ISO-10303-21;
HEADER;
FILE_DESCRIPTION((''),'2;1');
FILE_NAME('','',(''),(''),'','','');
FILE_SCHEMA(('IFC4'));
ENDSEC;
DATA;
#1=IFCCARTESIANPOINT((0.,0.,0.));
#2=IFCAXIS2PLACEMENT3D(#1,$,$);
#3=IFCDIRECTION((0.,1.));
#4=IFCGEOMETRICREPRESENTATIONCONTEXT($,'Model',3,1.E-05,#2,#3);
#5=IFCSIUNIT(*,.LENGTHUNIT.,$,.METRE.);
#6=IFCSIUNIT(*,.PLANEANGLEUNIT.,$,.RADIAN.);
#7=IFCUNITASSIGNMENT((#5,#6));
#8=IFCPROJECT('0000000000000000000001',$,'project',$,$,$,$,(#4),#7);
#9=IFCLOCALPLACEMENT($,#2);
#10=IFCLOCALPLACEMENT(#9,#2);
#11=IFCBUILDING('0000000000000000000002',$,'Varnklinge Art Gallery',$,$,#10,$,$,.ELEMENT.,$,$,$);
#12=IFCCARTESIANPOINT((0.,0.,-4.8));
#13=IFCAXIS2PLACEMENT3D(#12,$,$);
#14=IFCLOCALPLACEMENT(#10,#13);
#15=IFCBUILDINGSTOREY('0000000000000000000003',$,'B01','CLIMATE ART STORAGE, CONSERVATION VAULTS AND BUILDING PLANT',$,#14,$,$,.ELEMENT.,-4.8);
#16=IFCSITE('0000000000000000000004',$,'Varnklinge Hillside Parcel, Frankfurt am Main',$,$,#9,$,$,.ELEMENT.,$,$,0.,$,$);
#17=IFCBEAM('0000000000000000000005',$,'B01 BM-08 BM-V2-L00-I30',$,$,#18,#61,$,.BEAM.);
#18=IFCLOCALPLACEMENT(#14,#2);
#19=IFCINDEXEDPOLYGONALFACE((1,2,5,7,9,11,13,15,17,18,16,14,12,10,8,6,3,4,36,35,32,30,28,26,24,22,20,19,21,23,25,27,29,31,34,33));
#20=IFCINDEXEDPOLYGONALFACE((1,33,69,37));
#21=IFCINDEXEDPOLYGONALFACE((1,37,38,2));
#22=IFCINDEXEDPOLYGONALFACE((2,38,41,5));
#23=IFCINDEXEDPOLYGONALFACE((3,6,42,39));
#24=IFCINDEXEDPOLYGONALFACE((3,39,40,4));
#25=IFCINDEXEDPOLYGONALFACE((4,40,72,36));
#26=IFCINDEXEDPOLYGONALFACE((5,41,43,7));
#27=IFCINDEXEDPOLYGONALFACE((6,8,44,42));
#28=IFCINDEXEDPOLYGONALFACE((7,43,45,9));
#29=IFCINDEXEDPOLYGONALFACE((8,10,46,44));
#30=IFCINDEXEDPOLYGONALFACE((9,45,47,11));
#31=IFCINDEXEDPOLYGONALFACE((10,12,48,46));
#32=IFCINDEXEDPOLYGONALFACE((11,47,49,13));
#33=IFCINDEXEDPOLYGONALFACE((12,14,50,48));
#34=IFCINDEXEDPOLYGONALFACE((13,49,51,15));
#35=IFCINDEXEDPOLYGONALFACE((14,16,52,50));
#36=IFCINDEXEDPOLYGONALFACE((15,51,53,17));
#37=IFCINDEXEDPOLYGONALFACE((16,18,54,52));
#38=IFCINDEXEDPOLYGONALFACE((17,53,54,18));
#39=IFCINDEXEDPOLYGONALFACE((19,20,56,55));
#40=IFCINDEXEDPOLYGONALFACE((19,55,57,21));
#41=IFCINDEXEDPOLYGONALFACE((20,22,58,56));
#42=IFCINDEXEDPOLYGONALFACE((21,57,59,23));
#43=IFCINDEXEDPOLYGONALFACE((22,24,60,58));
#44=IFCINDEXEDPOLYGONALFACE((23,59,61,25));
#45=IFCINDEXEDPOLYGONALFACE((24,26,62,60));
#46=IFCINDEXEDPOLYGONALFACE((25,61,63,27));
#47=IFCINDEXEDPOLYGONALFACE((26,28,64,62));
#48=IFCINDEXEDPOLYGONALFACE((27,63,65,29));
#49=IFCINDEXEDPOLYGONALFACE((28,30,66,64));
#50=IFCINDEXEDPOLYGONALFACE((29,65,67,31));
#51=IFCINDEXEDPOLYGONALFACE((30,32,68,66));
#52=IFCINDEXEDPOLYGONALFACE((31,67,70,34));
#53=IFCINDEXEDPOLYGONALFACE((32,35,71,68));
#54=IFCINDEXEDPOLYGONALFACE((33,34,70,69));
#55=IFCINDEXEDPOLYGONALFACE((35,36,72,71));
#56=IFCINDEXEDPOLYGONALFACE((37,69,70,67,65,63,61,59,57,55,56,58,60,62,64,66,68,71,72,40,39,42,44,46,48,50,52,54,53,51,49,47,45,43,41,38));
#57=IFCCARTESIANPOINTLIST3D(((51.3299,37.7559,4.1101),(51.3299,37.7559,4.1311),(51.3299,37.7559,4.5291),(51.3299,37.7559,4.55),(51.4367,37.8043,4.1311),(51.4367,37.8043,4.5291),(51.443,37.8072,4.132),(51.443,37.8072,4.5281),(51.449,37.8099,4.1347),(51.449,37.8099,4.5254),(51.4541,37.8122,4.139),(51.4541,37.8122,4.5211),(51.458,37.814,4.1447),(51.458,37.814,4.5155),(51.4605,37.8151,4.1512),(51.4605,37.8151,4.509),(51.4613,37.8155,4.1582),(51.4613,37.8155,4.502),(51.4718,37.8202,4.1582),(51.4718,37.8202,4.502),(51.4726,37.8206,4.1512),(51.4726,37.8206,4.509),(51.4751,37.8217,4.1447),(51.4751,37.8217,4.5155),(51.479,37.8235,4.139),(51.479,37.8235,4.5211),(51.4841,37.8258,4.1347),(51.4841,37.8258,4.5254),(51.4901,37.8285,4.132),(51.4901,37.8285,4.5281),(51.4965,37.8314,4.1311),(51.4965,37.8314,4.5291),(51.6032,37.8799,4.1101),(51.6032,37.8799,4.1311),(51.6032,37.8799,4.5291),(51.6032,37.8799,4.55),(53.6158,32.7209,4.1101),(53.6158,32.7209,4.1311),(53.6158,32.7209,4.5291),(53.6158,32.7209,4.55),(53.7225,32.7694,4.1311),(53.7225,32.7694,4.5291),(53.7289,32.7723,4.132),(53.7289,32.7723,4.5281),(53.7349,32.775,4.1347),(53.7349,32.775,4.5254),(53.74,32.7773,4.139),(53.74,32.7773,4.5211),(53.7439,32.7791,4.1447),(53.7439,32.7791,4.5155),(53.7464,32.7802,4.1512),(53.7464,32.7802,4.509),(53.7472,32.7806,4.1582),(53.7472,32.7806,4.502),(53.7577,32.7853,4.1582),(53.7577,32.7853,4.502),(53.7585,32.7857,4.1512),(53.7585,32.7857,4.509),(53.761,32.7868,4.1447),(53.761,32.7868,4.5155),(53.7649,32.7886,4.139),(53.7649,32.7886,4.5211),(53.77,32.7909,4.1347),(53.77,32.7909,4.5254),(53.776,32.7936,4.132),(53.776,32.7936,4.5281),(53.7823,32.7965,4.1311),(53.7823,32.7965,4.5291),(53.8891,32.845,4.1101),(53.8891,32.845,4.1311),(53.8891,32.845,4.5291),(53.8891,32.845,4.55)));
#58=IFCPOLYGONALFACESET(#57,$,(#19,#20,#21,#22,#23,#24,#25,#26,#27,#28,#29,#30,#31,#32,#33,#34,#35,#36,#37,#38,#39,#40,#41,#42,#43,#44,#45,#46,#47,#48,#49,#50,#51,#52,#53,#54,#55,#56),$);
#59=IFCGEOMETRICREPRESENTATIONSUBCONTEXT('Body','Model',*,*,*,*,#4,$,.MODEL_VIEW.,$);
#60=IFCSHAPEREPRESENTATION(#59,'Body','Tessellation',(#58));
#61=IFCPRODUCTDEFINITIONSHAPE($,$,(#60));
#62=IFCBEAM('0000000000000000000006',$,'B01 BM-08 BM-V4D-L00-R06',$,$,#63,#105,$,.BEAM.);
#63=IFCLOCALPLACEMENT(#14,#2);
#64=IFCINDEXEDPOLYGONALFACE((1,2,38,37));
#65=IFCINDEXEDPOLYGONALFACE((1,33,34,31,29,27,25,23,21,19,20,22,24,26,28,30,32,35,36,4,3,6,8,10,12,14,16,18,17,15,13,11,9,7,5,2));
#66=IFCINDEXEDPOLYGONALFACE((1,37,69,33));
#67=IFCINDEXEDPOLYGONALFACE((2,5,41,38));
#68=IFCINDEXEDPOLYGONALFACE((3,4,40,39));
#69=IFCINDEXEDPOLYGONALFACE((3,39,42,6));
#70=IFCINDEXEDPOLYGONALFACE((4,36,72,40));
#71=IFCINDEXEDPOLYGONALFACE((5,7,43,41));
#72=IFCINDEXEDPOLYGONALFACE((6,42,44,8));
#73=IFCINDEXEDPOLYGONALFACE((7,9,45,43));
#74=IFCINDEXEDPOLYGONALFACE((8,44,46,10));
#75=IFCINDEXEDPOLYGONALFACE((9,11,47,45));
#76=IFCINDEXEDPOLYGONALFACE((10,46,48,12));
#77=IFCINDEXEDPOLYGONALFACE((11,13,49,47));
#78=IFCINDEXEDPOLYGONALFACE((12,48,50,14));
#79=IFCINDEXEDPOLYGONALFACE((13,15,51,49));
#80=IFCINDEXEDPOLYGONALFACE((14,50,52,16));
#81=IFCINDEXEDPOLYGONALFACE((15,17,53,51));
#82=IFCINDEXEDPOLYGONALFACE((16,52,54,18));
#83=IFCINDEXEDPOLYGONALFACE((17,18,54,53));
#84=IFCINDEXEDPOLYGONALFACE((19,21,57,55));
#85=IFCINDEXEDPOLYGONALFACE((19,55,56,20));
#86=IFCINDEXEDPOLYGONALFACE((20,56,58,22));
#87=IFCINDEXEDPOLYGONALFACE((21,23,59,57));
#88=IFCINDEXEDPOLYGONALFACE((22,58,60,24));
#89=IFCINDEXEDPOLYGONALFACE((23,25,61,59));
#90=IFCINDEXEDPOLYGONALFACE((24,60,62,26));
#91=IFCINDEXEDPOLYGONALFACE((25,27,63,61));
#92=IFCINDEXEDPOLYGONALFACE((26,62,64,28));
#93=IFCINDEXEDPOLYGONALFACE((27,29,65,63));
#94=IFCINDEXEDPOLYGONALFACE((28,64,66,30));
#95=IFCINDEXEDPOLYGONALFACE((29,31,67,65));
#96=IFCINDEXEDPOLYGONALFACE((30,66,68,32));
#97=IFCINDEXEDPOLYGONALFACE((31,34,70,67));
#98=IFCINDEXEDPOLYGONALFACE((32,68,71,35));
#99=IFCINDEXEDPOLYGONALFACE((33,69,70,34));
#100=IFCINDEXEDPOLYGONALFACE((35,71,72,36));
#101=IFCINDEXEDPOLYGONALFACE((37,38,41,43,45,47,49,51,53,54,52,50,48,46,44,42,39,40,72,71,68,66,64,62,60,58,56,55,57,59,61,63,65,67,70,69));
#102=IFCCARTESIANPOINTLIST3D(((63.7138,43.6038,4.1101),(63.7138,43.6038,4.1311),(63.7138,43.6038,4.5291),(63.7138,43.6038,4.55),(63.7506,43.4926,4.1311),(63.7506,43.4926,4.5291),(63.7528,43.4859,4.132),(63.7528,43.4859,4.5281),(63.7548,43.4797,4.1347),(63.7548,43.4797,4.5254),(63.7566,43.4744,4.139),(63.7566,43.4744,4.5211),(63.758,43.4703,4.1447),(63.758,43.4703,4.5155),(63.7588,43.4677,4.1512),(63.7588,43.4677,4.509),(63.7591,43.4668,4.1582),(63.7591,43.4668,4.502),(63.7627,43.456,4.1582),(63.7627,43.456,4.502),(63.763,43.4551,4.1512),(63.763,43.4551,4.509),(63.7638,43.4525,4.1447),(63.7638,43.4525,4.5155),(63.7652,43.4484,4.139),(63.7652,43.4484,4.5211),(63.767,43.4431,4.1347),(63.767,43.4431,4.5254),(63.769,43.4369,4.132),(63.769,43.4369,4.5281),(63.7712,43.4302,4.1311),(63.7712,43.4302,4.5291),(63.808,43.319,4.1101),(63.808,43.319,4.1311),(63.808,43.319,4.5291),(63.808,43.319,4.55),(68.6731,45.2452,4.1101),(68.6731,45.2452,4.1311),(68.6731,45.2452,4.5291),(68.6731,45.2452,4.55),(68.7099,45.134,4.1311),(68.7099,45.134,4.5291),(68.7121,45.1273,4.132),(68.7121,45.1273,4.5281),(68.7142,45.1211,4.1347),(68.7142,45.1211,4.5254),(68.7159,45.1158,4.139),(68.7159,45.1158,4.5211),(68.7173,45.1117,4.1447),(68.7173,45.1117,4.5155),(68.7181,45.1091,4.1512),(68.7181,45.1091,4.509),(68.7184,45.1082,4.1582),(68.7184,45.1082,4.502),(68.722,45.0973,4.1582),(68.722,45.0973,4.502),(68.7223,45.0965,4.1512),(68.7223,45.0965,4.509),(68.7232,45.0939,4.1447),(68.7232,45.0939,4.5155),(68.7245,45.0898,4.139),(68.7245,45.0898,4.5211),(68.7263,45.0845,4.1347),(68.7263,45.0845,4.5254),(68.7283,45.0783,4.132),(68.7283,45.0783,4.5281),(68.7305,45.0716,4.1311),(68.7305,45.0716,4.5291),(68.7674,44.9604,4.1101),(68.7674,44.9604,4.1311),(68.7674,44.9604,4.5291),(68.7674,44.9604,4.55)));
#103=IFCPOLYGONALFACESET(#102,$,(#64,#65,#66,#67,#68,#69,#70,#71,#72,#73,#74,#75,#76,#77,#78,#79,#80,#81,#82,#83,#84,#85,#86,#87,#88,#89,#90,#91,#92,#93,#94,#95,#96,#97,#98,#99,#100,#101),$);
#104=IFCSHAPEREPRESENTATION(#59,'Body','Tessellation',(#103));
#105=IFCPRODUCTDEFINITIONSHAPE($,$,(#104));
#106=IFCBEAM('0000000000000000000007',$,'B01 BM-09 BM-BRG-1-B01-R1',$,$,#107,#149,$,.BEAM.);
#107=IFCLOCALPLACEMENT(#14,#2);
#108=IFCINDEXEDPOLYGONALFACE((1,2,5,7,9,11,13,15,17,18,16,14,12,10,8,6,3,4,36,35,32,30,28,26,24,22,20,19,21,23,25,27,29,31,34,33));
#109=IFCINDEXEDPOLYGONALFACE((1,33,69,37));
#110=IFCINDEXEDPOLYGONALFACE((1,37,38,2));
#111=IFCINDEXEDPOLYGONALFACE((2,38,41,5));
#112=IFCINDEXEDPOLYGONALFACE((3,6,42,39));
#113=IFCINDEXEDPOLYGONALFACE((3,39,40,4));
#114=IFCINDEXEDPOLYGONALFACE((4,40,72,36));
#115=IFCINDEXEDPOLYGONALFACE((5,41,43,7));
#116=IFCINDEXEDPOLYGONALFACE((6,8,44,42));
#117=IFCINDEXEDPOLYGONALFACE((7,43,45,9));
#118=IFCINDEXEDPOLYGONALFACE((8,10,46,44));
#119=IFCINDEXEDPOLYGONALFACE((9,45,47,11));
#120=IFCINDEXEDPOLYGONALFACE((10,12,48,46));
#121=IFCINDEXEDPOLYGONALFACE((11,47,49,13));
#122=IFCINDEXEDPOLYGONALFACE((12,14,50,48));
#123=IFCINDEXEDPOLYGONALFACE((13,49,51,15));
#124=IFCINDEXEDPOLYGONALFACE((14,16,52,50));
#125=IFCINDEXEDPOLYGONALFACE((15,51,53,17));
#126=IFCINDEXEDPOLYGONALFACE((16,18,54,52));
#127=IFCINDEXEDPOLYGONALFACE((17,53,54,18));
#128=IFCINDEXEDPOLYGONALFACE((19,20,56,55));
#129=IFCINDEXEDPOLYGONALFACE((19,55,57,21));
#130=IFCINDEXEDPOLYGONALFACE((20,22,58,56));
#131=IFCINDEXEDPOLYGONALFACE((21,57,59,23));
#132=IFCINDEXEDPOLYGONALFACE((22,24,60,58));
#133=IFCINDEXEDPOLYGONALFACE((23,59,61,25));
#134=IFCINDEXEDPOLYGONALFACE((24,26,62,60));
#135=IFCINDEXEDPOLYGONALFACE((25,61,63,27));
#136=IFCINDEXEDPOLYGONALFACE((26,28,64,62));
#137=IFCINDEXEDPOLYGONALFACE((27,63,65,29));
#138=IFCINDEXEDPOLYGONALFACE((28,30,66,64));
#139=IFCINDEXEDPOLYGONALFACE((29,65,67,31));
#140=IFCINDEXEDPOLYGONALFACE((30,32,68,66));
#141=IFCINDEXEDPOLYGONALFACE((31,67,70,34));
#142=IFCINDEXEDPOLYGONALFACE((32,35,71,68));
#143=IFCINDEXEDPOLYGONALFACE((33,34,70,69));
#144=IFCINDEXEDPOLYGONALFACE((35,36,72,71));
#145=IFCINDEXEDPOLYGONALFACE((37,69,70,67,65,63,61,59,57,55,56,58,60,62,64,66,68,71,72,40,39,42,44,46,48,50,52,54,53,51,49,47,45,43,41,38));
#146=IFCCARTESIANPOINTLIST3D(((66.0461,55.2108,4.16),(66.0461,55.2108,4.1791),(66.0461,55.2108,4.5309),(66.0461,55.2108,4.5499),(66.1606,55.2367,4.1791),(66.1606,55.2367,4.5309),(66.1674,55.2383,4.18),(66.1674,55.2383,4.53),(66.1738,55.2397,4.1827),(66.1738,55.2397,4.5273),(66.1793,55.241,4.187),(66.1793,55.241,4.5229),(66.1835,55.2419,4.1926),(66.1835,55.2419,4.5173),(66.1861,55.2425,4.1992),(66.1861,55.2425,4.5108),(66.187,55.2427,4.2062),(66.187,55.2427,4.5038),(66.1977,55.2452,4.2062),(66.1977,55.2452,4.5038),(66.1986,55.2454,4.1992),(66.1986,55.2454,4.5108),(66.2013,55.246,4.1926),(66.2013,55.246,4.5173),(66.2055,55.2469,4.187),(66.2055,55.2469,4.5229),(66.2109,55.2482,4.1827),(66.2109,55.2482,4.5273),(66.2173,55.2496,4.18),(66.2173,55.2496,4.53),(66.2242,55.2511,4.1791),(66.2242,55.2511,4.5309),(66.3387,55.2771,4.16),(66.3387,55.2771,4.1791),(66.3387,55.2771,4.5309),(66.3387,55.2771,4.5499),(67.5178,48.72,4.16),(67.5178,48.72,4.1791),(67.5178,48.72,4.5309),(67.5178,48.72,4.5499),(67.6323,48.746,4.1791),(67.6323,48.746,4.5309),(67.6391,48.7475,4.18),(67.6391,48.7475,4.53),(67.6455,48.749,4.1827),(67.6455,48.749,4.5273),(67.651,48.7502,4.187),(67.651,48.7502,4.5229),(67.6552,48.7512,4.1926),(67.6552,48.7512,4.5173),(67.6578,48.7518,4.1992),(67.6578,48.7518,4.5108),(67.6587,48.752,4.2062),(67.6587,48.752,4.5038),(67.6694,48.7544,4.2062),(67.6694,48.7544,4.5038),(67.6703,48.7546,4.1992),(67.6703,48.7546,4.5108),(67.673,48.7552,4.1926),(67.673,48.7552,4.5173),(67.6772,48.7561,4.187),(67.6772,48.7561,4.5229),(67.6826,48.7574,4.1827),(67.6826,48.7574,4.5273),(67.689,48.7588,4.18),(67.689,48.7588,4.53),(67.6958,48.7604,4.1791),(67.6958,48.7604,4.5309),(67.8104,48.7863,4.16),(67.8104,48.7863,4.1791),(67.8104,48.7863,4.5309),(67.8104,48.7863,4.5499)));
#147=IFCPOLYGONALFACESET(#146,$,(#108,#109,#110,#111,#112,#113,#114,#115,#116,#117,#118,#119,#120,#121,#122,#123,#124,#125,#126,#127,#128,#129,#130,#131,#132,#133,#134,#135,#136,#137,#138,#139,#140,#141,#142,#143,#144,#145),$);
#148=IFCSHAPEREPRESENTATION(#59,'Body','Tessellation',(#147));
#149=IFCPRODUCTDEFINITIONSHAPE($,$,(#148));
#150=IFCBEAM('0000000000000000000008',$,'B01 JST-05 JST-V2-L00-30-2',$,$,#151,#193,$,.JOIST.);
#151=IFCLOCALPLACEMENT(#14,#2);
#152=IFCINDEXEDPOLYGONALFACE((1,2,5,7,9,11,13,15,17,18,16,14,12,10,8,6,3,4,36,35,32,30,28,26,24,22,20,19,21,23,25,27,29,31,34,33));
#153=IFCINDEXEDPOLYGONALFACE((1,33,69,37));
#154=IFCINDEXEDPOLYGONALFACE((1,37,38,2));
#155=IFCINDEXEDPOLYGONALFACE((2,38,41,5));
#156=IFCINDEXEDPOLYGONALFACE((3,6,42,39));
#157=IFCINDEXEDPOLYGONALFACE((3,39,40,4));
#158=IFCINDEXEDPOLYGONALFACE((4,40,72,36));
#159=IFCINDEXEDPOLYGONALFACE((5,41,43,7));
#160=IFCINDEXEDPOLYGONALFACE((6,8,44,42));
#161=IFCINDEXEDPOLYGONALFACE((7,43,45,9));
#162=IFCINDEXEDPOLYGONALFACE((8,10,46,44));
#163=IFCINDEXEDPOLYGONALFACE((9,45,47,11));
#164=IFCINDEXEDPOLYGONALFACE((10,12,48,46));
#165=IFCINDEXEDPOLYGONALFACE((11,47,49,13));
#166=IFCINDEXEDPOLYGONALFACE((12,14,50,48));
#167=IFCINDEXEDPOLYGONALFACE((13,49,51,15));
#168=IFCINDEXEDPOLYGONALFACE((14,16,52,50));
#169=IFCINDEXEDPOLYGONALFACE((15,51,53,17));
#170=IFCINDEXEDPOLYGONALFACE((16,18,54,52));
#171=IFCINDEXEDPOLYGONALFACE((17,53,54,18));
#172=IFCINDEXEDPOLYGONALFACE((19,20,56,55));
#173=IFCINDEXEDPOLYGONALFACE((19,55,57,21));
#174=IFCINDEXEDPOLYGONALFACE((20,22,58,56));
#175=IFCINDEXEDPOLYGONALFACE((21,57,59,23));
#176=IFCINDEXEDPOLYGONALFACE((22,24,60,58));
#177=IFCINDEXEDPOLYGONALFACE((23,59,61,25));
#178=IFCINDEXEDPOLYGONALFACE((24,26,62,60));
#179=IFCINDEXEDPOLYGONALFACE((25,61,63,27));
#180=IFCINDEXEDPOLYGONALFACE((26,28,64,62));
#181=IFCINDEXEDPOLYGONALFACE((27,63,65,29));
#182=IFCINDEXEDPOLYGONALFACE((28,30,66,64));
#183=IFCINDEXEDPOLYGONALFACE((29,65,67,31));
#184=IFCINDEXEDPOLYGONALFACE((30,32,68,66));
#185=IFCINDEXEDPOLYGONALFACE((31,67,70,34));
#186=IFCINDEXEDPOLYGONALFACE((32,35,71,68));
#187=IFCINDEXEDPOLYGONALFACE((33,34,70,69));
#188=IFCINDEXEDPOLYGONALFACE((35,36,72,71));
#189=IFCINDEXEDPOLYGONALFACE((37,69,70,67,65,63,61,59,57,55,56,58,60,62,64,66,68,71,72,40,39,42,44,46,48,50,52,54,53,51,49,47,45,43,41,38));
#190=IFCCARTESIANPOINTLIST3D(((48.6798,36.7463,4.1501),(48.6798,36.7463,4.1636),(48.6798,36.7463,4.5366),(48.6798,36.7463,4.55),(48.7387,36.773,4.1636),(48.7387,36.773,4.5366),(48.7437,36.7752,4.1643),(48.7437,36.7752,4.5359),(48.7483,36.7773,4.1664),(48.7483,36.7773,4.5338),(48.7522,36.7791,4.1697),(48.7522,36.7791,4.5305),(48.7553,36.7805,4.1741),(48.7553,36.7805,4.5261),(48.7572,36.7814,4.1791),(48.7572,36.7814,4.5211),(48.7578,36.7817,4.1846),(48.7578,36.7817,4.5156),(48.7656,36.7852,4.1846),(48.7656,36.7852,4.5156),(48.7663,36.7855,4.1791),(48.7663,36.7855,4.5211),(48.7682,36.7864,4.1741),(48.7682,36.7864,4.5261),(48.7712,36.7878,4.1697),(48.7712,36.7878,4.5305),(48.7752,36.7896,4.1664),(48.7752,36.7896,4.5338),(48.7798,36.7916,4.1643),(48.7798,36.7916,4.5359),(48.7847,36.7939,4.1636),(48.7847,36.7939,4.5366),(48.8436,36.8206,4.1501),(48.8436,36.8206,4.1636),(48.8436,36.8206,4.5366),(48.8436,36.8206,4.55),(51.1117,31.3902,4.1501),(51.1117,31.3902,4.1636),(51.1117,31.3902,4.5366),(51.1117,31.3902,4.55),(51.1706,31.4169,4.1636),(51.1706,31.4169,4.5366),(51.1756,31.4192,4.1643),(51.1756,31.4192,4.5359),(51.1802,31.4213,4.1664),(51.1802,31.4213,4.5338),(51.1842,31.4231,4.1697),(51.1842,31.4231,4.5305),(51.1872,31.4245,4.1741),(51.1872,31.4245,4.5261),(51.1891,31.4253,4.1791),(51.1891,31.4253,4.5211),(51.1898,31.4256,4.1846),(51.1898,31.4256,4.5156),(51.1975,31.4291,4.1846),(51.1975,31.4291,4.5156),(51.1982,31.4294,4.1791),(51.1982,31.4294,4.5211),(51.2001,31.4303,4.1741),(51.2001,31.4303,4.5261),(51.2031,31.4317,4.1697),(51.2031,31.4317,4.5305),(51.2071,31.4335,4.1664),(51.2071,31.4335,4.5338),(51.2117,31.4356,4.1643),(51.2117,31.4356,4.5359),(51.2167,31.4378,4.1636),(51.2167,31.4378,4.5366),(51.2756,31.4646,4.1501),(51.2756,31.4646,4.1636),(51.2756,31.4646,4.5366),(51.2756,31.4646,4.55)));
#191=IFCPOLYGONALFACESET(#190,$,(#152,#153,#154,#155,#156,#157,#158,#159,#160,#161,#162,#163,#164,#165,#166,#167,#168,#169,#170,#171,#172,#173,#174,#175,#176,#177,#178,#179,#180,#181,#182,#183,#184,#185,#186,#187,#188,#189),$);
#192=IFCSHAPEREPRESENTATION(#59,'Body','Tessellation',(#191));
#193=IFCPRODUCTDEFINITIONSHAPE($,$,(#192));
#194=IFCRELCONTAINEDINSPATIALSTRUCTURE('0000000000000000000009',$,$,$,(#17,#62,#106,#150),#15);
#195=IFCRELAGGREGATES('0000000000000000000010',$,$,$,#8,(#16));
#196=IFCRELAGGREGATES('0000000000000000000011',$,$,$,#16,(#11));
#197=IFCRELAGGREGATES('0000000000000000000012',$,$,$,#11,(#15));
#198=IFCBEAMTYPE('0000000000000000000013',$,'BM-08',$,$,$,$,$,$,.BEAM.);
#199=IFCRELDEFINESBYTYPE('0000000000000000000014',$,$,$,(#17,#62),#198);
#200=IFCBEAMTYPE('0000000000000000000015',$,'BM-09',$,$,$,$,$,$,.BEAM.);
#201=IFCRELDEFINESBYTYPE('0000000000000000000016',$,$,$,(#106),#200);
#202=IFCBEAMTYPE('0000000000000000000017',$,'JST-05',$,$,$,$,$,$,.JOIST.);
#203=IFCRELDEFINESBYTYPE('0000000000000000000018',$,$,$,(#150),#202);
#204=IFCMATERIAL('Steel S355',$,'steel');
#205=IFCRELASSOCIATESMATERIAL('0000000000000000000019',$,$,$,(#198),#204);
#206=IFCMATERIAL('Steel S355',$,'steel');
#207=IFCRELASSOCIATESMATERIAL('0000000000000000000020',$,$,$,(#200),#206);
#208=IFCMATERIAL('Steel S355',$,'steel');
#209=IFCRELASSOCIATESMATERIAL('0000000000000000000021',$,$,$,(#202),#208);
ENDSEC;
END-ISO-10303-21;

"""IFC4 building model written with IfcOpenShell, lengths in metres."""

from ifc_helpers import new_model, si_unit, direction, frame, origin, origin_2d, place, context, subcontext, project, spatial, i_section, extrude, material, material_profile, profile_set, type_object, element, save


model = new_model("IFC4")

# Units and contexts
model_context = context("Model", 3, precision=1e-05, world=origin(), true_north=direction((0.0, 1.0)))
body_context = subcontext(model_context, "Body", "Model", "MODEL_VIEW")
ifc_project = project(units=[si_unit("LENGTHUNIT", "METRE"), si_unit("PLANEANGLEUNIT", "RADIAN")], contexts=[model_context])

# Site, building, storey
site_placement = place(None, origin())
site = spatial("IfcSite", under=ifc_project, at=site_placement, Name="Varnklinge Hillside Parcel, Frankfurt am Main", CompositionType="ELEMENT", RefElevation=0.0)
building_placement = place(site_placement, origin())
building = spatial("IfcBuilding", under=site, at=building_placement, Name="Varnklinge Art Gallery", CompositionType="ELEMENT")
storey_placement = place(building_placement, frame((0.0, 0.0, -4.8)))
storey = spatial("IfcBuildingStorey", under=building, at=storey_placement, Name="B01", Description="CLIMATE ART STORAGE, CONSERVATION VAULTS AND BUILDING PLANT", CompositionType="ELEMENT", Elevation=-4.8)

# Beams
ifc_material_1 = material(Name="Steel S355", Category="steel")
ifc_material_profile_1 = material_profile(ifc_material_1, i_section(OverallWidth=0.3, OverallDepth=0.4399, WebThickness=0.0115, FlangeThickness=0.021, FilletRadius=0.0271, at=origin_2d()), Name="HEA 450")
ifc_profile_set_1 = profile_set([ifc_material_profile_1], Name="Steel S355")
beam_type_1 = type_object("IfcBeamType", Name="BM-08", PredefinedType="BEAM", material=ifc_profile_set_1)
for number, where, z_axis, x_axis, name in (
    (1, (51.4666, 37.8179, 4.3301), (0.413397, -0.910551, 0.0), (0.910551, 0.413397, 0.0), "B01 BM-08 BM-V2-L00-I30"),
):
    element("IfcBeam", number, at=place(storey_placement, frame(where, z_axis=z_axis, x_axis=x_axis)), inside=storey, type_object=beam_type_1, Name=name, PredefinedType="BEAM", context=body_context, shape_type="SweptSolid", body=[
        extrude(i_section(OverallWidth=0.3, OverallDepth=0.4399, WebThickness=0.0115, FlangeThickness=0.021, FilletRadius=0.0271, at=origin_2d()), origin(), (0.0, 0.0, 1.0), 5.5295),
    ])
beam_1_placement = place(storey_placement, frame((68.7202, 45.1028, 4.3301), z_axis=(-0.949354, -0.314208, 0.0), x_axis=(0.314208, -0.949354, 0.0)))
element("IfcBeam", 2, at=beam_1_placement, inside=storey, type_object=beam_type_1, Name="B01 BM-08 BM-V4D-L00-R06", PredefinedType="BEAM", context=body_context, shape_type="SweptSolid", body=[
    extrude(i_section(OverallWidth=0.3, OverallDepth=0.4399, WebThickness=0.0115, FlangeThickness=0.021, FilletRadius=0.0271, at=origin_2d()), origin(), (0.0, 0.0, 1.0), 5.2239),
])
ifc_material_2 = material(Name="Steel S355", Category="steel")
ifc_material_profile_2 = material_profile(ifc_material_2, i_section(OverallWidth=0.3, OverallDepth=0.3899, WebThickness=0.011, FlangeThickness=0.019, FilletRadius=0.0271, at=origin_2d()), Name="HEA 400")
ifc_profile_set_2 = profile_set([ifc_material_profile_2], Name="Steel S355")
beam_type_2 = type_object("IfcBeamType", Name="BM-09", PredefinedType="BEAM", material=ifc_profile_set_2)
beam_2_placement = place(storey_placement, frame((67.6641, 48.7532, 4.355), z_axis=(-0.221123, 0.975246, 0.0), x_axis=(-0.975246, -0.221123, 0.0)))
element("IfcBeam", 3, at=beam_2_placement, inside=storey, type_object=beam_type_2, Name="B01 BM-09 BM-BRG-1-B01-R1", PredefinedType="BEAM", context=body_context, shape_type="SweptSolid", body=[
    extrude(i_section(OverallWidth=0.3, OverallDepth=0.3899, WebThickness=0.011, FlangeThickness=0.019, FilletRadius=0.0271, at=origin_2d()), origin(), (0.0, 0.0, 1.0), 6.6555),
])
ifc_material_3 = material(Name="Steel S355", Category="steel")
ifc_material_profile_3 = material_profile(ifc_material_3, i_section(OverallWidth=0.1799, OverallDepth=0.3999, WebThickness=0.0085, FlangeThickness=0.0134, FilletRadius=0.021, at=origin_2d()), Name="IPE 400")
ifc_profile_set_3 = profile_set([ifc_material_profile_3], Name="Steel S355")
beam_type_3 = type_object("IfcBeamType", Name="JST-05", PredefinedType="JOIST", material=ifc_profile_set_3)
beam_3_placement = place(storey_placement, frame((48.7617, 36.7834, 4.3501), z_axis=(0.413431, -0.910536, 0.0), x_axis=(0.910536, 0.413431, 0.0)))
element("IfcBeam", 4, at=beam_3_placement, inside=storey, type_object=beam_type_3, Name="B01 JST-05 JST-V2-L00-30-2", PredefinedType="JOIST", context=body_context, shape_type="SweptSolid", body=[
    extrude(i_section(OverallWidth=0.1799, OverallDepth=0.3999, WebThickness=0.0085, FlangeThickness=0.0134, FilletRadius=0.021, at=origin_2d()), origin(), (0.0, 0.0, 1.0), 5.8823),
])

save(model, "model.ifc")
